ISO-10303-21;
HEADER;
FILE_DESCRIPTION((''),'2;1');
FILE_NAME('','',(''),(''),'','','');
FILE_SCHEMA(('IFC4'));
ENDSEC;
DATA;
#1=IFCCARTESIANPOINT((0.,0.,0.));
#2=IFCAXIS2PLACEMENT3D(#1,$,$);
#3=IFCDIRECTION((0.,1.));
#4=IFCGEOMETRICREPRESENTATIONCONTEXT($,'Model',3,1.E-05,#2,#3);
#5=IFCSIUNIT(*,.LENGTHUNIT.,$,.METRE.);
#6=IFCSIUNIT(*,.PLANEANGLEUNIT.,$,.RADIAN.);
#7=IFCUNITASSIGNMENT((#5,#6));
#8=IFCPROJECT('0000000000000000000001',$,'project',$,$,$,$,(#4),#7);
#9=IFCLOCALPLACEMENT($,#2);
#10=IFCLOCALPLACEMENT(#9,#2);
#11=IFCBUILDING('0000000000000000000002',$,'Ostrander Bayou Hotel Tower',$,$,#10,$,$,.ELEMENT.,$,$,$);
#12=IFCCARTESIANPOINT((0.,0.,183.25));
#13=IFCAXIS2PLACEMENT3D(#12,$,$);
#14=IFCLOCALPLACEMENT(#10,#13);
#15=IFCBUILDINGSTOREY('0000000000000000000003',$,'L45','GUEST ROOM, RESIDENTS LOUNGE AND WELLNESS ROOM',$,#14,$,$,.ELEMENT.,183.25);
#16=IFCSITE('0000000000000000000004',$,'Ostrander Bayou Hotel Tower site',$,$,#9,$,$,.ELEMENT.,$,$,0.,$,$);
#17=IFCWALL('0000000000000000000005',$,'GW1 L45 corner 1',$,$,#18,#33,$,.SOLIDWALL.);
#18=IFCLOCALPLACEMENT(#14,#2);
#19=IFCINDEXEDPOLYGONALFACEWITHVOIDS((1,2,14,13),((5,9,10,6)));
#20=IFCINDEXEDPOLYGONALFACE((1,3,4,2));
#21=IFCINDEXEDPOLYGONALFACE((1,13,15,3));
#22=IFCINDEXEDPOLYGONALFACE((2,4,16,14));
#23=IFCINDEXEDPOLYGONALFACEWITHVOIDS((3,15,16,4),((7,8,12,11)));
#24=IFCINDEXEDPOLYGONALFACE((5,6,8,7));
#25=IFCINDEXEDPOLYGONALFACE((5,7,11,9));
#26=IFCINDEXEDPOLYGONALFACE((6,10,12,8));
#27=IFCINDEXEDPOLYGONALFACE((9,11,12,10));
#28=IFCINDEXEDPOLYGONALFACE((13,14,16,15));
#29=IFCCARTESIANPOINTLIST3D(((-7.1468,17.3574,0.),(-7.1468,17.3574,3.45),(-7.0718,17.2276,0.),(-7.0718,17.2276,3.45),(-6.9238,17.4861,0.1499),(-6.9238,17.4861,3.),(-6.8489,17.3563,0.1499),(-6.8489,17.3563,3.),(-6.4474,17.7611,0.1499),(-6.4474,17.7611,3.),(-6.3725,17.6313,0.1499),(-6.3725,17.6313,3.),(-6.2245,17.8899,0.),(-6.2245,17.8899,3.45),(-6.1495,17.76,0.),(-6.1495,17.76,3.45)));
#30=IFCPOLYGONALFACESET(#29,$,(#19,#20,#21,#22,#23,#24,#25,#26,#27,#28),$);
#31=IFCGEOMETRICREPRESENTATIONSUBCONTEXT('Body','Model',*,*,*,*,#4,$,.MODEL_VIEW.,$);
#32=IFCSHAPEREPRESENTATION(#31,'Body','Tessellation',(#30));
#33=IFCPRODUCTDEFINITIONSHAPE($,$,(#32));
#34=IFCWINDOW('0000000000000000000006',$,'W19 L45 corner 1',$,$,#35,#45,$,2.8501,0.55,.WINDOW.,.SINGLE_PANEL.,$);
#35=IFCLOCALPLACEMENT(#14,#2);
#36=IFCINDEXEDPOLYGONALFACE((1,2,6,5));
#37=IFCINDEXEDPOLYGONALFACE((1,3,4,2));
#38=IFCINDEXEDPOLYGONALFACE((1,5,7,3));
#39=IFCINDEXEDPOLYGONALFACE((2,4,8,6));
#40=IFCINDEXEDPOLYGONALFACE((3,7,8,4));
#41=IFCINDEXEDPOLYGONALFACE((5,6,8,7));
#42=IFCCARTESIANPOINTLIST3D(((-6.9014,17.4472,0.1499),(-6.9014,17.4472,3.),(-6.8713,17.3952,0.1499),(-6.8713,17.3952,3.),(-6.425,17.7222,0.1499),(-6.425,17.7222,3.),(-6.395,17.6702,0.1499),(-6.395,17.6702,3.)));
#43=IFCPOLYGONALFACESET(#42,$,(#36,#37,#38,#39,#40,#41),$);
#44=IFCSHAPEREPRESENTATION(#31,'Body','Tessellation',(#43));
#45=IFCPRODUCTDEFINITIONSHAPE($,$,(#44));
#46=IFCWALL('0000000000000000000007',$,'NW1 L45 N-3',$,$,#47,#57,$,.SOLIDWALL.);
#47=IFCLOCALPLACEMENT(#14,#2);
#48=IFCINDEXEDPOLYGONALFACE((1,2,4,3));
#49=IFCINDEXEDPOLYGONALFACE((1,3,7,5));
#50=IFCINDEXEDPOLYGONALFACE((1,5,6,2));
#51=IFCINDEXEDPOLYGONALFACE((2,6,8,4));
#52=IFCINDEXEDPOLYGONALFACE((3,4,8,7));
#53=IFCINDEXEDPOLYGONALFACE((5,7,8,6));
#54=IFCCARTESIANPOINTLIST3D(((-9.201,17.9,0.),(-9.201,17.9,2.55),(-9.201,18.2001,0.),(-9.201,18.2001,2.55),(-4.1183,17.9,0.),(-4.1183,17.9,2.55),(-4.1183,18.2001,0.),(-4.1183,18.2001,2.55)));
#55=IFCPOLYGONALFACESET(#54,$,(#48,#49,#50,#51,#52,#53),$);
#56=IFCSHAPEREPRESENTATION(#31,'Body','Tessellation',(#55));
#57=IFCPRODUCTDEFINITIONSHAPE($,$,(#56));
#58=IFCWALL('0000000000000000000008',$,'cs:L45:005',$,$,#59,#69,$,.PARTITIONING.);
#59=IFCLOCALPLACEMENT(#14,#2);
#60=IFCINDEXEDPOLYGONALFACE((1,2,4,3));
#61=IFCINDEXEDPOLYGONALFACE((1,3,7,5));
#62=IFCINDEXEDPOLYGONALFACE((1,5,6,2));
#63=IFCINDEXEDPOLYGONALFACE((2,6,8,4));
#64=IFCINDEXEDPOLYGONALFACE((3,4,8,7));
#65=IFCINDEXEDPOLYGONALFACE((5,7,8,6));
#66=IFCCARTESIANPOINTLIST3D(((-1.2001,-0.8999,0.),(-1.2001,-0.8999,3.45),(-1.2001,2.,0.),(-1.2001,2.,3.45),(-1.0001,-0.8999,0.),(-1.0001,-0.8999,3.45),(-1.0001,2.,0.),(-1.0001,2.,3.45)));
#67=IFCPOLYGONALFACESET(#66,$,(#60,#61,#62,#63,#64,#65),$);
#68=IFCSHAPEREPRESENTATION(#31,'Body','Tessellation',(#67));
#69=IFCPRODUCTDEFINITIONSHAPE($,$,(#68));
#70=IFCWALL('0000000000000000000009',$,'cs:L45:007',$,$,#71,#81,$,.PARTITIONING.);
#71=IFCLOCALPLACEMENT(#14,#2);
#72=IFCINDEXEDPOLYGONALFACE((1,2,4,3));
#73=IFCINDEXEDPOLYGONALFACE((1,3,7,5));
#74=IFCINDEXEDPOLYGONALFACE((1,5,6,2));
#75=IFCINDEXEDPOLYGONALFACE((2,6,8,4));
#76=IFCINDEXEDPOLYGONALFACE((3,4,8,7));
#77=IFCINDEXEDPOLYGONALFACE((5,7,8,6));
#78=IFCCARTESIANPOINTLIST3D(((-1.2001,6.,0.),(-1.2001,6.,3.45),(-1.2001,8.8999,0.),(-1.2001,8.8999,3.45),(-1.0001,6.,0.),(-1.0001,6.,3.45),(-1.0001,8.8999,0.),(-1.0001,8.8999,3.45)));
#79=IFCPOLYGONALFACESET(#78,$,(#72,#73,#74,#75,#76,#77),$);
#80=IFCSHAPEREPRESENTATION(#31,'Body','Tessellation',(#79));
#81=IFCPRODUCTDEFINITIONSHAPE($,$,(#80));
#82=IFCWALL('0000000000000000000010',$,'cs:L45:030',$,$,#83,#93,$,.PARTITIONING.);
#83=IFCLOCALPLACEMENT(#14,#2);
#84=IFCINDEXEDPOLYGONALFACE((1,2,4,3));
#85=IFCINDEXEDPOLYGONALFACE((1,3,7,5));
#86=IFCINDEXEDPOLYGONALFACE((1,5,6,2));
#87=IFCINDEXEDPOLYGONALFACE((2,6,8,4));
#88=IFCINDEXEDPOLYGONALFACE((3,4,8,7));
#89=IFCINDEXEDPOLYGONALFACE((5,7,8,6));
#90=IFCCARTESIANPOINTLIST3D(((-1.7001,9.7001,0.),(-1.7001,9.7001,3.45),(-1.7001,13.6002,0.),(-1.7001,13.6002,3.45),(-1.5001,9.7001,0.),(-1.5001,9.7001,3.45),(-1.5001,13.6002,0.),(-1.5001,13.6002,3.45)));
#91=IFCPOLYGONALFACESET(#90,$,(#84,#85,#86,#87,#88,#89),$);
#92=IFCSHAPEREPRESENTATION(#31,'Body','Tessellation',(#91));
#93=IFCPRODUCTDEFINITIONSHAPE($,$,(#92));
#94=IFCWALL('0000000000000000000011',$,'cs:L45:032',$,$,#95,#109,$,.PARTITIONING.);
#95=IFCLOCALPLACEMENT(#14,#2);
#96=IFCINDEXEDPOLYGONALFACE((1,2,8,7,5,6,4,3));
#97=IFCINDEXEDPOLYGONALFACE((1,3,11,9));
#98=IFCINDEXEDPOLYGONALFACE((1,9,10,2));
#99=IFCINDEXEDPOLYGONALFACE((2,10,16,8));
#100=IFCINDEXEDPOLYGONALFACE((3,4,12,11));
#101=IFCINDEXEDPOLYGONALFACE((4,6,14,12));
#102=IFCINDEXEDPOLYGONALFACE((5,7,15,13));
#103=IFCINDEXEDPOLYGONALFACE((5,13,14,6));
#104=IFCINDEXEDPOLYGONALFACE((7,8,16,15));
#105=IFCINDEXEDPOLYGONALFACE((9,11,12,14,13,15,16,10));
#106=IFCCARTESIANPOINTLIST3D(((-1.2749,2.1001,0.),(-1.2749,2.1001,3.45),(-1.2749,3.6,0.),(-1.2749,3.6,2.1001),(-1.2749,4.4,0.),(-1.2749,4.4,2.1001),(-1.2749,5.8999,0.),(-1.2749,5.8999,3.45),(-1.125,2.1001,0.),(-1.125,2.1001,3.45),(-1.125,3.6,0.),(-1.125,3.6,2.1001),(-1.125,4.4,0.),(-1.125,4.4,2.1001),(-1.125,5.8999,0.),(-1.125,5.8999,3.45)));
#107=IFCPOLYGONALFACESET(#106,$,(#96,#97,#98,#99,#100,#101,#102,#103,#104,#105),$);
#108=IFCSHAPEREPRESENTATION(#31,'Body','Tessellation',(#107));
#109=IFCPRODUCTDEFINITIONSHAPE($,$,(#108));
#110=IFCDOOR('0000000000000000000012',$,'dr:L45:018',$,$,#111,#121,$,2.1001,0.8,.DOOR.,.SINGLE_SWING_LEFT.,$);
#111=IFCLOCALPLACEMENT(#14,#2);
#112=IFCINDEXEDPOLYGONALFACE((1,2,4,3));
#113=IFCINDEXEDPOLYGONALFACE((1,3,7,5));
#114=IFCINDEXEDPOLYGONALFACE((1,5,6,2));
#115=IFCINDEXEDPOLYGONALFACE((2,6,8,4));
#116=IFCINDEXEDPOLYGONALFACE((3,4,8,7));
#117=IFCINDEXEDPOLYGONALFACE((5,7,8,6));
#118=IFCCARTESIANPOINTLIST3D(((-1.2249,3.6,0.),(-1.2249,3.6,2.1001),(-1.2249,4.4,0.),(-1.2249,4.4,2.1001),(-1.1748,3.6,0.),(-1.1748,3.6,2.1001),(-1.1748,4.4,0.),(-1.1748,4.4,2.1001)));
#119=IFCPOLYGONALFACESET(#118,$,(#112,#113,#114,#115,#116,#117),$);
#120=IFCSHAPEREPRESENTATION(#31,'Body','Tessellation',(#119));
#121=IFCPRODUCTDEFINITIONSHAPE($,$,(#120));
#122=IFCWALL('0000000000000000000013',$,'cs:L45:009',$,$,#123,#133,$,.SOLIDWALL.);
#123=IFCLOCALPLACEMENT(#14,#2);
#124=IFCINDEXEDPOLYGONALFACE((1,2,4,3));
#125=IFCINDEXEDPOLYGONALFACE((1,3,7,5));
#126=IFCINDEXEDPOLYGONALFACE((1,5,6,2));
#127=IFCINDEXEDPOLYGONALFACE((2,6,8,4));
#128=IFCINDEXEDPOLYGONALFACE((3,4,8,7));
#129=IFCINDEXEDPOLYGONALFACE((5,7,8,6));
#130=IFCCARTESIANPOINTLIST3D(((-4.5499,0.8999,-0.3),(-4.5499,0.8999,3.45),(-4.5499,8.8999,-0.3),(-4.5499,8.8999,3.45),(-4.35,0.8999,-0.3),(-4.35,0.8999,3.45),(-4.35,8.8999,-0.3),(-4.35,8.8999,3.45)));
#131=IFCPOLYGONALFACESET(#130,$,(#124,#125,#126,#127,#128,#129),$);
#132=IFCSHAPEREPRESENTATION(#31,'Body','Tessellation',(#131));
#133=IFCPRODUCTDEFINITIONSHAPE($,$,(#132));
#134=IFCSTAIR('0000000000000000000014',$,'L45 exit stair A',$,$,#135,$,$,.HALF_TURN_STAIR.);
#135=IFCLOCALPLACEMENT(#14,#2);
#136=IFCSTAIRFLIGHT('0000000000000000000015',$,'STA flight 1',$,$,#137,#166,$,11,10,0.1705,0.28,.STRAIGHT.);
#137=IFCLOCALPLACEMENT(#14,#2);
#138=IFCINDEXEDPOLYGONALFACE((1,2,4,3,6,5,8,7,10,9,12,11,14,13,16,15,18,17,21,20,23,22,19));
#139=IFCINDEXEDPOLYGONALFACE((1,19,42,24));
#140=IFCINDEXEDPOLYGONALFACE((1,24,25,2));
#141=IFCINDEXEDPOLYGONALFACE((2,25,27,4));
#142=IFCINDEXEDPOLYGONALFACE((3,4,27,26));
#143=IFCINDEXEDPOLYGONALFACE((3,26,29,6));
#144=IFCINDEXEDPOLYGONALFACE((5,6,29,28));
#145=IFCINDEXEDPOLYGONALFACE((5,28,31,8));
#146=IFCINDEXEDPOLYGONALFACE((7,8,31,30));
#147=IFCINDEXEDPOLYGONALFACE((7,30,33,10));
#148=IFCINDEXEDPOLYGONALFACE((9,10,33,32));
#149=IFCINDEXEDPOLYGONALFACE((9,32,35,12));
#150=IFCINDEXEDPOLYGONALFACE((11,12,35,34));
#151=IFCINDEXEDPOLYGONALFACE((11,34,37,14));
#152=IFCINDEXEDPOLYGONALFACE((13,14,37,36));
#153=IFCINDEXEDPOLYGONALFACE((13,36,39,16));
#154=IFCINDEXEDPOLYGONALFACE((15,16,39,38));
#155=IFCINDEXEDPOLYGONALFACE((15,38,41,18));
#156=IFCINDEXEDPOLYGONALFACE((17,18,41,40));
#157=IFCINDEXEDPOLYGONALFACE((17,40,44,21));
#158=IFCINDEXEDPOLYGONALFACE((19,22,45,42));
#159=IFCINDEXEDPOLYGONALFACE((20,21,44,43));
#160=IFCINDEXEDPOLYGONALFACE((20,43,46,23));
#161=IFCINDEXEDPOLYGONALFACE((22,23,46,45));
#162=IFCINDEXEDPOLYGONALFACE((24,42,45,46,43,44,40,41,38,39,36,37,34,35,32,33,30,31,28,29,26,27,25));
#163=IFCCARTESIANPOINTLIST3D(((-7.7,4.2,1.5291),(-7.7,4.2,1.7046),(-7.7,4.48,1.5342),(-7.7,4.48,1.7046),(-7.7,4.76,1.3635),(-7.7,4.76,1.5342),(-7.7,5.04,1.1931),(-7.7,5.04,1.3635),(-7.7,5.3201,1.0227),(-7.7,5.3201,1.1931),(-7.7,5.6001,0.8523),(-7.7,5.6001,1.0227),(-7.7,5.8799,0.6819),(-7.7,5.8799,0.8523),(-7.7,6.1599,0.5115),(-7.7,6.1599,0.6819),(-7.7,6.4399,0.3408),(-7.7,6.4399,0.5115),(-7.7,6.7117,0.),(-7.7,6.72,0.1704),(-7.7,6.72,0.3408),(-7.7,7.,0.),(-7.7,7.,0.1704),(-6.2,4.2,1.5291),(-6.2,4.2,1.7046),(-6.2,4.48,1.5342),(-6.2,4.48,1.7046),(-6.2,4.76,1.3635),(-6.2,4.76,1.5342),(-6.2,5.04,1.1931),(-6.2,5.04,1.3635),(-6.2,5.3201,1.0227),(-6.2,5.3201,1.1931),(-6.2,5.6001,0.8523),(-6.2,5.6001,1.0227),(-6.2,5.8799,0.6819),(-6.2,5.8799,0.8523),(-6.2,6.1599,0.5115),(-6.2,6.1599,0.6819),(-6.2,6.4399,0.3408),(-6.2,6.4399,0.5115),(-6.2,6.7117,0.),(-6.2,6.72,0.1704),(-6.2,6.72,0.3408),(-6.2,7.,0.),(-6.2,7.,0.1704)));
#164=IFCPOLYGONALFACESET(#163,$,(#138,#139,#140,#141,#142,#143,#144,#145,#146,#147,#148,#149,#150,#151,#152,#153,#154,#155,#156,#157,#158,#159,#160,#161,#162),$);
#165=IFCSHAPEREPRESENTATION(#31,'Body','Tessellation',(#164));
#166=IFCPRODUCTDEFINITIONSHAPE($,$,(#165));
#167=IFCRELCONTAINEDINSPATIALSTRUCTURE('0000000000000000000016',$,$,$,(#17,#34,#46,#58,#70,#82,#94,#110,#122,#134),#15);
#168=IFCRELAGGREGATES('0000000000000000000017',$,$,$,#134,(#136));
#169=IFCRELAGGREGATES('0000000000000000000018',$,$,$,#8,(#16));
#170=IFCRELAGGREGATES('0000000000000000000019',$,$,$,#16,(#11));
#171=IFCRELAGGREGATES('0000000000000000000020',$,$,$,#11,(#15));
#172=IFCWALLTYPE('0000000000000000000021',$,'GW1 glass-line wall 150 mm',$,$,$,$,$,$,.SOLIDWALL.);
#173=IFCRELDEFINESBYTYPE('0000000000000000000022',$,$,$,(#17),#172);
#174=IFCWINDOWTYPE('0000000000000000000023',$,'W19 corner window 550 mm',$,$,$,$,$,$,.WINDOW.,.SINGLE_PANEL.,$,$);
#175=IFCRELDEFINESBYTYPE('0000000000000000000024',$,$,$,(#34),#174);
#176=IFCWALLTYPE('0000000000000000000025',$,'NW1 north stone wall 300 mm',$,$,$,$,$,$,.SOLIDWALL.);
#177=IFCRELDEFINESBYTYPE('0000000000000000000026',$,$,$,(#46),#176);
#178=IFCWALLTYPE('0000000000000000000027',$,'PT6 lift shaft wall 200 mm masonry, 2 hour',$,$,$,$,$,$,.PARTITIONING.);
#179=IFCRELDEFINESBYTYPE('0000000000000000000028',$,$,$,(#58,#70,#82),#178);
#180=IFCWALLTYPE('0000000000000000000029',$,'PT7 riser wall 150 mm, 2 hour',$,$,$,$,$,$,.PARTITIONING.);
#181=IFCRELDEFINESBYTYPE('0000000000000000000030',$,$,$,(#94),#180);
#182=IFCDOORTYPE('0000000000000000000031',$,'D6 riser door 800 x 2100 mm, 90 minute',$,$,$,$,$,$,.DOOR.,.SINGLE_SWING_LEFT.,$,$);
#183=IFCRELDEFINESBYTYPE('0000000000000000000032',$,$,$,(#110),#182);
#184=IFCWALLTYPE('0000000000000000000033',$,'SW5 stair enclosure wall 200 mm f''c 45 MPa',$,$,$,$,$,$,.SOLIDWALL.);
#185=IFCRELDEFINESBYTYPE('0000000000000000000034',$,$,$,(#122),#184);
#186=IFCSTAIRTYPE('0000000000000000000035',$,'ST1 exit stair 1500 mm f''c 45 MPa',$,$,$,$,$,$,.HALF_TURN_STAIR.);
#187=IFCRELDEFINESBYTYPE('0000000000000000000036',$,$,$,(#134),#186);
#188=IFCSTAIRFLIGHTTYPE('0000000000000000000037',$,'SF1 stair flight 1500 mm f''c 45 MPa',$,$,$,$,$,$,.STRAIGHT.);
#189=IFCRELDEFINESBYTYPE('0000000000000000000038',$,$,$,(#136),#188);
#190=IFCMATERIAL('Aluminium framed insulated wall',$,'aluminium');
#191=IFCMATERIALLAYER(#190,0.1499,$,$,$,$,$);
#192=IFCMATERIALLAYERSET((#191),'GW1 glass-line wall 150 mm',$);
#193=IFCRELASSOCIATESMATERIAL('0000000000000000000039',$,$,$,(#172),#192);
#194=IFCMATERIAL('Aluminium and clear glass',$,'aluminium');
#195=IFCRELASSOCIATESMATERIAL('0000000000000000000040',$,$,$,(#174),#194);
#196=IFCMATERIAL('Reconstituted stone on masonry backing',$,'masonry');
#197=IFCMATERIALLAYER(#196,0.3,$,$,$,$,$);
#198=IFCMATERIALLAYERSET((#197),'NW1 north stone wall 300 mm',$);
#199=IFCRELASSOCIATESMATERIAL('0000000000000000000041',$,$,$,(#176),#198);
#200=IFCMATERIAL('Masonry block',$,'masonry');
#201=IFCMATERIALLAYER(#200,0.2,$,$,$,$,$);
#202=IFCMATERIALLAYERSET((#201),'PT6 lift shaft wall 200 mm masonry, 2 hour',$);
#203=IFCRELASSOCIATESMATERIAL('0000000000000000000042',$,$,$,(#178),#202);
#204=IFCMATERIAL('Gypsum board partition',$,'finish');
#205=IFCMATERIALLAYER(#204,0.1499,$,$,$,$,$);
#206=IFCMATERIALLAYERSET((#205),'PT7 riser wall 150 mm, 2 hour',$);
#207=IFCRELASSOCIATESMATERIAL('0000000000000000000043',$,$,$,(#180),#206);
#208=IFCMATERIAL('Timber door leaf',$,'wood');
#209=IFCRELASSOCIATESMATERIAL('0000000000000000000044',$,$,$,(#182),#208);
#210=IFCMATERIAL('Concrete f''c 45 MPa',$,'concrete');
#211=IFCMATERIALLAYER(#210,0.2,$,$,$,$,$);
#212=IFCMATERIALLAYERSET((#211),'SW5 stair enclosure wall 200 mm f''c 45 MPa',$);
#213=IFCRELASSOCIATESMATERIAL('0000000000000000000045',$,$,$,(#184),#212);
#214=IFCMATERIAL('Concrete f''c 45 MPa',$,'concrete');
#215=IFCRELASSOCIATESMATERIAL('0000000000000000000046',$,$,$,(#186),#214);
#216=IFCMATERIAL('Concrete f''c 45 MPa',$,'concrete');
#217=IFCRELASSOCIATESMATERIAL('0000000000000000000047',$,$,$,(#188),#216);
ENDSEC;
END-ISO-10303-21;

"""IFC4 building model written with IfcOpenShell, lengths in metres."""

from ifc_helpers import new_model, si_unit, direction, frame, frame_2d, origin, place, context, subcontext, project, spatial, polyline, rectangle, outline, extrude, material, layer, layer_set, type_object, element, fill, aggregate, save


model = new_model("IFC4")

# Units and contexts
model_context = context("Model", 3, precision=1e-05, world=origin(), true_north=direction((0.0, 1.0)))
body_context = subcontext(model_context, "Body", "Model", "MODEL_VIEW")
ifc_project = project(units=[si_unit("LENGTHUNIT", "METRE"), si_unit("PLANEANGLEUNIT", "RADIAN")], contexts=[model_context])

# Site, building, storey
site_placement = place(None, origin())
site = spatial("IfcSite", under=ifc_project, at=site_placement, Name="Ostrander Bayou Hotel Tower site", CompositionType="ELEMENT", RefElevation=0.0)
building_placement = place(site_placement, origin())
building = spatial("IfcBuilding", under=site, at=building_placement, Name="Ostrander Bayou Hotel Tower", CompositionType="ELEMENT")
storey_placement = place(building_placement, frame((0.0, 0.0, 183.25)))
storey = spatial("IfcBuildingStorey", under=building, at=storey_placement, Name="L45", Description="GUEST ROOM, RESIDENTS LOUNGE AND WELLNESS ROOM", CompositionType="ELEMENT", Elevation=183.25)

# Wall, opening, window
ifc_material_1 = material(Name="Aluminium framed insulated wall", Category="aluminium")
ifc_layer_1 = layer(ifc_material_1, 0.1499)
ifc_layer_set_1 = layer_set([ifc_layer_1], Name="GW1 glass-line wall 150 mm")
wall_type_1 = type_object("IfcWallType", Name="GW1 glass-line wall 150 mm", PredefinedType="SOLIDWALL", material=ifc_layer_set_1)
wall_1_placement = place(storey_placement, frame((-6.187, 17.825, 0.0), z_axis=(0.0, 0.0, 1.0), x_axis=(-0.866048, -0.499961, 0.0)))
wall_1 = element("IfcWall", 1, at=wall_1_placement, inside=storey, type_object=wall_type_1, Name="GW1 L45 corner 1", PredefinedType="SOLIDWALL", context=body_context, shape_type="SweptSolid", body=[
    extrude(rectangle(XDim=1.0649, YDim=0.1499, at=frame_2d((0.5325, 0.0))), origin(), (0.0, 0.0, 1.0), 3.45),
])
opening_1_placement = place(wall_1_placement, frame((0.2576, 0.0, 0.1499)))
opening_1 = element("IfcOpeningElement", 2, at=opening_1_placement, cuts=wall_1, PredefinedType="OPENING", context=body_context, shape_type="SweptSolid", body=[
    extrude(rectangle(XDim=0.55, YDim=2.8501, at=frame_2d((0.2749, 1.425))), frame((0.0, 0.075, 0.0), z_axis=(0.0, -1.0, 0.0), x_axis=(1.0, 0.0, 0.0)), (0.0, 0.0, 1.0), 0.1499),
])
ifc_material_2 = material(Name="Aluminium and clear glass", Category="aluminium")
window_type = type_object("IfcWindowType", Name="W19 corner window 550 mm", PartitioningType="SINGLE_PANEL", PredefinedType="WINDOW", material=ifc_material_2)
window_placement = place(opening_1_placement, origin())
window = element("IfcWindow", 3, at=window_placement, inside=storey, type_object=window_type, Name="W19 L45 corner 1", OverallHeight=2.8501, OverallWidth=0.55, PartitioningType="SINGLE_PANEL", PredefinedType="WINDOW", context=body_context, shape_type="SweptSolid", body=[
    extrude(rectangle(XDim=0.55, YDim=2.8501, at=frame_2d((0.2749, 1.425))), frame((0.0, 0.03, 0.0), z_axis=(0.0, -1.0, 0.0), x_axis=(1.0, 0.0, 0.0)), (0.0, 0.0, 1.0), 0.0601),
])
fill(opening_1, window)

# Wall
ifc_material_3 = material(Name="Reconstituted stone on masonry backing", Category="masonry")
ifc_layer_2 = layer(ifc_material_3, 0.3)
ifc_layer_set_2 = layer_set([ifc_layer_2], Name="NW1 north stone wall 300 mm")
wall_type_2 = type_object("IfcWallType", Name="NW1 north stone wall 300 mm", PredefinedType="SOLIDWALL", material=ifc_layer_set_2)
wall_2_placement = place(storey_placement, frame((-4.1182, 18.05, 0.0), z_axis=(0.0, 0.0, 1.0), x_axis=(-1.0, 0.0, 0.0)))
element("IfcWall", 4, at=wall_2_placement, inside=storey, type_object=wall_type_2, Name="NW1 L45 N-3", PredefinedType="SOLIDWALL", context=body_context, shape_type="SweptSolid", body=[
    extrude(rectangle(XDim=5.0828, YDim=0.3, at=frame_2d((2.5415, 0.0))), origin(), (0.0, 0.0, 1.0), 2.55),
])

# Shared definitions
ifc_material_4 = material(Name="Masonry block", Category="masonry")
ifc_layer_3 = layer(ifc_material_4, 0.2)
ifc_layer_set_3 = layer_set([ifc_layer_3], Name="PT6 lift shaft wall 200 mm masonry, 2 hour")
wall_type_3 = type_object("IfcWallType", Name="PT6 lift shaft wall 200 mm masonry, 2 hour", PredefinedType="PARTITIONING", material=ifc_layer_set_3)

# Walls
for number, where, z_axis, x_axis, name in (
    (5, (-1.1001, -0.8999, 0.0), (0.0, 0.0, 1.0), (0.0, 1.0, 0.0), "cs:L45:005"),
    (6, (-1.1001, 6.0, 0.0), (0.0, 0.0, 1.0), (0.0, 1.0, 0.0), "cs:L45:007"),
):
    element("IfcWall", number, at=place(storey_placement, frame(where, z_axis=z_axis, x_axis=x_axis)), inside=storey, type_object=wall_type_3, Name=name, PredefinedType="PARTITIONING", context=body_context, shape_type="SweptSolid", body=[
        extrude(rectangle(XDim=2.8999, YDim=0.2, at=frame_2d((1.45, 0.0))), origin(), (0.0, 0.0, 1.0), 3.45),
    ])
wall_3_placement = place(storey_placement, frame((-1.6001, 9.7, 0.0), z_axis=(0.0, 0.0, 1.0), x_axis=(0.0, 1.0, 0.0)))
element("IfcWall", 7, at=wall_3_placement, inside=storey, type_object=wall_type_3, Name="cs:L45:030", PredefinedType="PARTITIONING", context=body_context, shape_type="SweptSolid", body=[
    extrude(rectangle(XDim=3.9001, YDim=0.2, at=frame_2d((1.9502, 0.0))), origin(), (0.0, 0.0, 1.0), 3.45),
])

# Wall, opening, door
ifc_material_5 = material(Name="Gypsum board partition", Category="finish")
ifc_layer_4 = layer(ifc_material_5, 0.1499)
ifc_layer_set_4 = layer_set([ifc_layer_4], Name="PT7 riser wall 150 mm, 2 hour")
wall_type_4 = type_object("IfcWallType", Name="PT7 riser wall 150 mm, 2 hour", PredefinedType="PARTITIONING", material=ifc_layer_set_4)
wall_4_placement = place(storey_placement, frame((-1.2, 2.1001, 0.0), z_axis=(0.0, 0.0, 1.0), x_axis=(0.0, 1.0, 0.0)))
wall_4 = element("IfcWall", 8, at=wall_4_placement, inside=storey, type_object=wall_type_4, Name="cs:L45:032", PredefinedType="PARTITIONING", context=body_context, shape_type="SweptSolid", body=[
    extrude(rectangle(XDim=3.7998, YDim=0.1499, at=frame_2d((1.8999, 0.0))), origin(), (0.0, 0.0, 1.0), 3.45),
])
opening_2_placement = place(wall_4_placement, frame((1.5, 0.0, 0.0)))
opening_2 = element("IfcOpeningElement", 9, at=opening_2_placement, cuts=wall_4, PredefinedType="OPENING", context=body_context, shape_type="SweptSolid", body=[
    extrude(rectangle(XDim=0.8, YDim=2.1001, at=frame_2d((0.3999, 1.05))), frame((0.0, 0.075, 0.0), z_axis=(0.0, -1.0, 0.0), x_axis=(1.0, 0.0, 0.0)), (0.0, 0.0, 1.0), 0.1499),
])
ifc_material_6 = material(Name="Timber door leaf", Category="wood")
door_type_1 = type_object("IfcDoorType", Name="D6 riser door 800 x 2100 mm, 90 minute", OperationType="SINGLE_SWING_LEFT", PredefinedType="DOOR", material=ifc_material_6)
door_1_placement = place(opening_2_placement, origin())
door_1 = element("IfcDoor", 10, at=door_1_placement, inside=storey, type_object=door_type_1, Name="dr:L45:018", OperationType="SINGLE_SWING_LEFT", OverallHeight=2.1001, OverallWidth=0.8, PredefinedType="DOOR", context=body_context, shape_type="SweptSolid", body=[
    extrude(rectangle(XDim=0.8, YDim=2.1001, at=frame_2d((0.3999, 1.05))), frame((0.0, 0.0249, 0.0), z_axis=(0.0, -1.0, 0.0), x_axis=(1.0, 0.0, 0.0)), (0.0, 0.0, 1.0), 0.05),
])
fill(opening_2, door_1)

# Wall
ifc_material_7 = material(Name="Concrete f'c 45 MPa", Category="concrete")
ifc_layer_5 = layer(ifc_material_7, 0.2)
ifc_layer_set_5 = layer_set([ifc_layer_5], Name="SW5 stair enclosure wall 200 mm f'c 45 MPa")
wall_type_5 = type_object("IfcWallType", Name="SW5 stair enclosure wall 200 mm f'c 45 MPa", PredefinedType="SOLIDWALL", material=ifc_layer_set_5)
wall_5_placement = place(storey_placement, frame((-4.45, 0.8999, -0.3), z_axis=(0.0, 0.0, 1.0), x_axis=(0.0, 1.0, 0.0)))
element("IfcWall", 11, at=wall_5_placement, inside=storey, type_object=wall_type_5, Name="cs:L45:009", PredefinedType="SOLIDWALL", context=body_context, shape_type="SweptSolid", body=[
    extrude(rectangle(XDim=8.0, YDim=0.2, at=frame_2d((4.0, 0.0))), origin(), (0.0, 0.0, 1.0), 3.75),
])

# Stair, stair flight
ifc_material_8 = material(Name="Concrete f'c 45 MPa", Category="concrete")
stair_type = type_object("IfcStairType", Name="ST1 exit stair 1500 mm f'c 45 MPa", PredefinedType="HALF_TURN_STAIR", material=ifc_material_8)
stair_placement = place(storey_placement, origin())
stair = element("IfcStair", 12, at=stair_placement, inside=storey, type_object=stair_type, Name="L45 exit stair A", PredefinedType="HALF_TURN_STAIR")
ifc_material_9 = material(Name="Concrete f'c 45 MPa", Category="concrete")
stair_flight_type = type_object("IfcStairFlightType", Name="SF1 stair flight 1500 mm f'c 45 MPa", PredefinedType="STRAIGHT", material=ifc_material_9)
stair_flight_1_placement = place(storey_placement, frame((-6.95, 7.0, 0.0), z_axis=(0.0, 0.0, 1.0), x_axis=(0.0, -1.0, 0.0)))
stair_flight_1 = element("IfcStairFlight", 13, at=stair_flight_1_placement, type_object=stair_flight_type, Name="STA flight 1", NumberOfRisers=11, NumberOfTreads=10, PredefinedType="STRAIGHT", RiserHeight=0.1705, TreadLength=0.28, context=body_context, shape_type="SweptSolid", body=[
    extrude(outline(polyline([(0.0, 0.0), (0.0, 0.1704), (0.28, 0.1704), (0.28, 0.3408), (0.5601, 0.3408), (0.5601, 0.5115), (0.8401, 0.5115), (0.8401, 0.6819), (1.1201, 0.6819), (1.1201, 0.8523), (1.3999, 0.8523), (1.3999, 1.0227), (1.6799, 1.0227), (1.6799, 1.1931), (1.96, 1.1931), (1.96, 1.3635), (2.24, 1.3635), (2.24, 1.5342), (2.52, 1.5342), (2.52, 1.7046), (2.8, 1.7046), (2.8, 1.875), (2.8, 1.5291), (0.2883, 0.0), (0.0, 0.0)])), frame((0.0, 0.75, 0.0), z_axis=(0.0, -1.0, 0.0), x_axis=(1.0, 0.0, 0.0)), (0.0, 0.0, 1.0), 1.5),
])
aggregate(stair, [stair_flight_1])

save(model, "model.ifc")
